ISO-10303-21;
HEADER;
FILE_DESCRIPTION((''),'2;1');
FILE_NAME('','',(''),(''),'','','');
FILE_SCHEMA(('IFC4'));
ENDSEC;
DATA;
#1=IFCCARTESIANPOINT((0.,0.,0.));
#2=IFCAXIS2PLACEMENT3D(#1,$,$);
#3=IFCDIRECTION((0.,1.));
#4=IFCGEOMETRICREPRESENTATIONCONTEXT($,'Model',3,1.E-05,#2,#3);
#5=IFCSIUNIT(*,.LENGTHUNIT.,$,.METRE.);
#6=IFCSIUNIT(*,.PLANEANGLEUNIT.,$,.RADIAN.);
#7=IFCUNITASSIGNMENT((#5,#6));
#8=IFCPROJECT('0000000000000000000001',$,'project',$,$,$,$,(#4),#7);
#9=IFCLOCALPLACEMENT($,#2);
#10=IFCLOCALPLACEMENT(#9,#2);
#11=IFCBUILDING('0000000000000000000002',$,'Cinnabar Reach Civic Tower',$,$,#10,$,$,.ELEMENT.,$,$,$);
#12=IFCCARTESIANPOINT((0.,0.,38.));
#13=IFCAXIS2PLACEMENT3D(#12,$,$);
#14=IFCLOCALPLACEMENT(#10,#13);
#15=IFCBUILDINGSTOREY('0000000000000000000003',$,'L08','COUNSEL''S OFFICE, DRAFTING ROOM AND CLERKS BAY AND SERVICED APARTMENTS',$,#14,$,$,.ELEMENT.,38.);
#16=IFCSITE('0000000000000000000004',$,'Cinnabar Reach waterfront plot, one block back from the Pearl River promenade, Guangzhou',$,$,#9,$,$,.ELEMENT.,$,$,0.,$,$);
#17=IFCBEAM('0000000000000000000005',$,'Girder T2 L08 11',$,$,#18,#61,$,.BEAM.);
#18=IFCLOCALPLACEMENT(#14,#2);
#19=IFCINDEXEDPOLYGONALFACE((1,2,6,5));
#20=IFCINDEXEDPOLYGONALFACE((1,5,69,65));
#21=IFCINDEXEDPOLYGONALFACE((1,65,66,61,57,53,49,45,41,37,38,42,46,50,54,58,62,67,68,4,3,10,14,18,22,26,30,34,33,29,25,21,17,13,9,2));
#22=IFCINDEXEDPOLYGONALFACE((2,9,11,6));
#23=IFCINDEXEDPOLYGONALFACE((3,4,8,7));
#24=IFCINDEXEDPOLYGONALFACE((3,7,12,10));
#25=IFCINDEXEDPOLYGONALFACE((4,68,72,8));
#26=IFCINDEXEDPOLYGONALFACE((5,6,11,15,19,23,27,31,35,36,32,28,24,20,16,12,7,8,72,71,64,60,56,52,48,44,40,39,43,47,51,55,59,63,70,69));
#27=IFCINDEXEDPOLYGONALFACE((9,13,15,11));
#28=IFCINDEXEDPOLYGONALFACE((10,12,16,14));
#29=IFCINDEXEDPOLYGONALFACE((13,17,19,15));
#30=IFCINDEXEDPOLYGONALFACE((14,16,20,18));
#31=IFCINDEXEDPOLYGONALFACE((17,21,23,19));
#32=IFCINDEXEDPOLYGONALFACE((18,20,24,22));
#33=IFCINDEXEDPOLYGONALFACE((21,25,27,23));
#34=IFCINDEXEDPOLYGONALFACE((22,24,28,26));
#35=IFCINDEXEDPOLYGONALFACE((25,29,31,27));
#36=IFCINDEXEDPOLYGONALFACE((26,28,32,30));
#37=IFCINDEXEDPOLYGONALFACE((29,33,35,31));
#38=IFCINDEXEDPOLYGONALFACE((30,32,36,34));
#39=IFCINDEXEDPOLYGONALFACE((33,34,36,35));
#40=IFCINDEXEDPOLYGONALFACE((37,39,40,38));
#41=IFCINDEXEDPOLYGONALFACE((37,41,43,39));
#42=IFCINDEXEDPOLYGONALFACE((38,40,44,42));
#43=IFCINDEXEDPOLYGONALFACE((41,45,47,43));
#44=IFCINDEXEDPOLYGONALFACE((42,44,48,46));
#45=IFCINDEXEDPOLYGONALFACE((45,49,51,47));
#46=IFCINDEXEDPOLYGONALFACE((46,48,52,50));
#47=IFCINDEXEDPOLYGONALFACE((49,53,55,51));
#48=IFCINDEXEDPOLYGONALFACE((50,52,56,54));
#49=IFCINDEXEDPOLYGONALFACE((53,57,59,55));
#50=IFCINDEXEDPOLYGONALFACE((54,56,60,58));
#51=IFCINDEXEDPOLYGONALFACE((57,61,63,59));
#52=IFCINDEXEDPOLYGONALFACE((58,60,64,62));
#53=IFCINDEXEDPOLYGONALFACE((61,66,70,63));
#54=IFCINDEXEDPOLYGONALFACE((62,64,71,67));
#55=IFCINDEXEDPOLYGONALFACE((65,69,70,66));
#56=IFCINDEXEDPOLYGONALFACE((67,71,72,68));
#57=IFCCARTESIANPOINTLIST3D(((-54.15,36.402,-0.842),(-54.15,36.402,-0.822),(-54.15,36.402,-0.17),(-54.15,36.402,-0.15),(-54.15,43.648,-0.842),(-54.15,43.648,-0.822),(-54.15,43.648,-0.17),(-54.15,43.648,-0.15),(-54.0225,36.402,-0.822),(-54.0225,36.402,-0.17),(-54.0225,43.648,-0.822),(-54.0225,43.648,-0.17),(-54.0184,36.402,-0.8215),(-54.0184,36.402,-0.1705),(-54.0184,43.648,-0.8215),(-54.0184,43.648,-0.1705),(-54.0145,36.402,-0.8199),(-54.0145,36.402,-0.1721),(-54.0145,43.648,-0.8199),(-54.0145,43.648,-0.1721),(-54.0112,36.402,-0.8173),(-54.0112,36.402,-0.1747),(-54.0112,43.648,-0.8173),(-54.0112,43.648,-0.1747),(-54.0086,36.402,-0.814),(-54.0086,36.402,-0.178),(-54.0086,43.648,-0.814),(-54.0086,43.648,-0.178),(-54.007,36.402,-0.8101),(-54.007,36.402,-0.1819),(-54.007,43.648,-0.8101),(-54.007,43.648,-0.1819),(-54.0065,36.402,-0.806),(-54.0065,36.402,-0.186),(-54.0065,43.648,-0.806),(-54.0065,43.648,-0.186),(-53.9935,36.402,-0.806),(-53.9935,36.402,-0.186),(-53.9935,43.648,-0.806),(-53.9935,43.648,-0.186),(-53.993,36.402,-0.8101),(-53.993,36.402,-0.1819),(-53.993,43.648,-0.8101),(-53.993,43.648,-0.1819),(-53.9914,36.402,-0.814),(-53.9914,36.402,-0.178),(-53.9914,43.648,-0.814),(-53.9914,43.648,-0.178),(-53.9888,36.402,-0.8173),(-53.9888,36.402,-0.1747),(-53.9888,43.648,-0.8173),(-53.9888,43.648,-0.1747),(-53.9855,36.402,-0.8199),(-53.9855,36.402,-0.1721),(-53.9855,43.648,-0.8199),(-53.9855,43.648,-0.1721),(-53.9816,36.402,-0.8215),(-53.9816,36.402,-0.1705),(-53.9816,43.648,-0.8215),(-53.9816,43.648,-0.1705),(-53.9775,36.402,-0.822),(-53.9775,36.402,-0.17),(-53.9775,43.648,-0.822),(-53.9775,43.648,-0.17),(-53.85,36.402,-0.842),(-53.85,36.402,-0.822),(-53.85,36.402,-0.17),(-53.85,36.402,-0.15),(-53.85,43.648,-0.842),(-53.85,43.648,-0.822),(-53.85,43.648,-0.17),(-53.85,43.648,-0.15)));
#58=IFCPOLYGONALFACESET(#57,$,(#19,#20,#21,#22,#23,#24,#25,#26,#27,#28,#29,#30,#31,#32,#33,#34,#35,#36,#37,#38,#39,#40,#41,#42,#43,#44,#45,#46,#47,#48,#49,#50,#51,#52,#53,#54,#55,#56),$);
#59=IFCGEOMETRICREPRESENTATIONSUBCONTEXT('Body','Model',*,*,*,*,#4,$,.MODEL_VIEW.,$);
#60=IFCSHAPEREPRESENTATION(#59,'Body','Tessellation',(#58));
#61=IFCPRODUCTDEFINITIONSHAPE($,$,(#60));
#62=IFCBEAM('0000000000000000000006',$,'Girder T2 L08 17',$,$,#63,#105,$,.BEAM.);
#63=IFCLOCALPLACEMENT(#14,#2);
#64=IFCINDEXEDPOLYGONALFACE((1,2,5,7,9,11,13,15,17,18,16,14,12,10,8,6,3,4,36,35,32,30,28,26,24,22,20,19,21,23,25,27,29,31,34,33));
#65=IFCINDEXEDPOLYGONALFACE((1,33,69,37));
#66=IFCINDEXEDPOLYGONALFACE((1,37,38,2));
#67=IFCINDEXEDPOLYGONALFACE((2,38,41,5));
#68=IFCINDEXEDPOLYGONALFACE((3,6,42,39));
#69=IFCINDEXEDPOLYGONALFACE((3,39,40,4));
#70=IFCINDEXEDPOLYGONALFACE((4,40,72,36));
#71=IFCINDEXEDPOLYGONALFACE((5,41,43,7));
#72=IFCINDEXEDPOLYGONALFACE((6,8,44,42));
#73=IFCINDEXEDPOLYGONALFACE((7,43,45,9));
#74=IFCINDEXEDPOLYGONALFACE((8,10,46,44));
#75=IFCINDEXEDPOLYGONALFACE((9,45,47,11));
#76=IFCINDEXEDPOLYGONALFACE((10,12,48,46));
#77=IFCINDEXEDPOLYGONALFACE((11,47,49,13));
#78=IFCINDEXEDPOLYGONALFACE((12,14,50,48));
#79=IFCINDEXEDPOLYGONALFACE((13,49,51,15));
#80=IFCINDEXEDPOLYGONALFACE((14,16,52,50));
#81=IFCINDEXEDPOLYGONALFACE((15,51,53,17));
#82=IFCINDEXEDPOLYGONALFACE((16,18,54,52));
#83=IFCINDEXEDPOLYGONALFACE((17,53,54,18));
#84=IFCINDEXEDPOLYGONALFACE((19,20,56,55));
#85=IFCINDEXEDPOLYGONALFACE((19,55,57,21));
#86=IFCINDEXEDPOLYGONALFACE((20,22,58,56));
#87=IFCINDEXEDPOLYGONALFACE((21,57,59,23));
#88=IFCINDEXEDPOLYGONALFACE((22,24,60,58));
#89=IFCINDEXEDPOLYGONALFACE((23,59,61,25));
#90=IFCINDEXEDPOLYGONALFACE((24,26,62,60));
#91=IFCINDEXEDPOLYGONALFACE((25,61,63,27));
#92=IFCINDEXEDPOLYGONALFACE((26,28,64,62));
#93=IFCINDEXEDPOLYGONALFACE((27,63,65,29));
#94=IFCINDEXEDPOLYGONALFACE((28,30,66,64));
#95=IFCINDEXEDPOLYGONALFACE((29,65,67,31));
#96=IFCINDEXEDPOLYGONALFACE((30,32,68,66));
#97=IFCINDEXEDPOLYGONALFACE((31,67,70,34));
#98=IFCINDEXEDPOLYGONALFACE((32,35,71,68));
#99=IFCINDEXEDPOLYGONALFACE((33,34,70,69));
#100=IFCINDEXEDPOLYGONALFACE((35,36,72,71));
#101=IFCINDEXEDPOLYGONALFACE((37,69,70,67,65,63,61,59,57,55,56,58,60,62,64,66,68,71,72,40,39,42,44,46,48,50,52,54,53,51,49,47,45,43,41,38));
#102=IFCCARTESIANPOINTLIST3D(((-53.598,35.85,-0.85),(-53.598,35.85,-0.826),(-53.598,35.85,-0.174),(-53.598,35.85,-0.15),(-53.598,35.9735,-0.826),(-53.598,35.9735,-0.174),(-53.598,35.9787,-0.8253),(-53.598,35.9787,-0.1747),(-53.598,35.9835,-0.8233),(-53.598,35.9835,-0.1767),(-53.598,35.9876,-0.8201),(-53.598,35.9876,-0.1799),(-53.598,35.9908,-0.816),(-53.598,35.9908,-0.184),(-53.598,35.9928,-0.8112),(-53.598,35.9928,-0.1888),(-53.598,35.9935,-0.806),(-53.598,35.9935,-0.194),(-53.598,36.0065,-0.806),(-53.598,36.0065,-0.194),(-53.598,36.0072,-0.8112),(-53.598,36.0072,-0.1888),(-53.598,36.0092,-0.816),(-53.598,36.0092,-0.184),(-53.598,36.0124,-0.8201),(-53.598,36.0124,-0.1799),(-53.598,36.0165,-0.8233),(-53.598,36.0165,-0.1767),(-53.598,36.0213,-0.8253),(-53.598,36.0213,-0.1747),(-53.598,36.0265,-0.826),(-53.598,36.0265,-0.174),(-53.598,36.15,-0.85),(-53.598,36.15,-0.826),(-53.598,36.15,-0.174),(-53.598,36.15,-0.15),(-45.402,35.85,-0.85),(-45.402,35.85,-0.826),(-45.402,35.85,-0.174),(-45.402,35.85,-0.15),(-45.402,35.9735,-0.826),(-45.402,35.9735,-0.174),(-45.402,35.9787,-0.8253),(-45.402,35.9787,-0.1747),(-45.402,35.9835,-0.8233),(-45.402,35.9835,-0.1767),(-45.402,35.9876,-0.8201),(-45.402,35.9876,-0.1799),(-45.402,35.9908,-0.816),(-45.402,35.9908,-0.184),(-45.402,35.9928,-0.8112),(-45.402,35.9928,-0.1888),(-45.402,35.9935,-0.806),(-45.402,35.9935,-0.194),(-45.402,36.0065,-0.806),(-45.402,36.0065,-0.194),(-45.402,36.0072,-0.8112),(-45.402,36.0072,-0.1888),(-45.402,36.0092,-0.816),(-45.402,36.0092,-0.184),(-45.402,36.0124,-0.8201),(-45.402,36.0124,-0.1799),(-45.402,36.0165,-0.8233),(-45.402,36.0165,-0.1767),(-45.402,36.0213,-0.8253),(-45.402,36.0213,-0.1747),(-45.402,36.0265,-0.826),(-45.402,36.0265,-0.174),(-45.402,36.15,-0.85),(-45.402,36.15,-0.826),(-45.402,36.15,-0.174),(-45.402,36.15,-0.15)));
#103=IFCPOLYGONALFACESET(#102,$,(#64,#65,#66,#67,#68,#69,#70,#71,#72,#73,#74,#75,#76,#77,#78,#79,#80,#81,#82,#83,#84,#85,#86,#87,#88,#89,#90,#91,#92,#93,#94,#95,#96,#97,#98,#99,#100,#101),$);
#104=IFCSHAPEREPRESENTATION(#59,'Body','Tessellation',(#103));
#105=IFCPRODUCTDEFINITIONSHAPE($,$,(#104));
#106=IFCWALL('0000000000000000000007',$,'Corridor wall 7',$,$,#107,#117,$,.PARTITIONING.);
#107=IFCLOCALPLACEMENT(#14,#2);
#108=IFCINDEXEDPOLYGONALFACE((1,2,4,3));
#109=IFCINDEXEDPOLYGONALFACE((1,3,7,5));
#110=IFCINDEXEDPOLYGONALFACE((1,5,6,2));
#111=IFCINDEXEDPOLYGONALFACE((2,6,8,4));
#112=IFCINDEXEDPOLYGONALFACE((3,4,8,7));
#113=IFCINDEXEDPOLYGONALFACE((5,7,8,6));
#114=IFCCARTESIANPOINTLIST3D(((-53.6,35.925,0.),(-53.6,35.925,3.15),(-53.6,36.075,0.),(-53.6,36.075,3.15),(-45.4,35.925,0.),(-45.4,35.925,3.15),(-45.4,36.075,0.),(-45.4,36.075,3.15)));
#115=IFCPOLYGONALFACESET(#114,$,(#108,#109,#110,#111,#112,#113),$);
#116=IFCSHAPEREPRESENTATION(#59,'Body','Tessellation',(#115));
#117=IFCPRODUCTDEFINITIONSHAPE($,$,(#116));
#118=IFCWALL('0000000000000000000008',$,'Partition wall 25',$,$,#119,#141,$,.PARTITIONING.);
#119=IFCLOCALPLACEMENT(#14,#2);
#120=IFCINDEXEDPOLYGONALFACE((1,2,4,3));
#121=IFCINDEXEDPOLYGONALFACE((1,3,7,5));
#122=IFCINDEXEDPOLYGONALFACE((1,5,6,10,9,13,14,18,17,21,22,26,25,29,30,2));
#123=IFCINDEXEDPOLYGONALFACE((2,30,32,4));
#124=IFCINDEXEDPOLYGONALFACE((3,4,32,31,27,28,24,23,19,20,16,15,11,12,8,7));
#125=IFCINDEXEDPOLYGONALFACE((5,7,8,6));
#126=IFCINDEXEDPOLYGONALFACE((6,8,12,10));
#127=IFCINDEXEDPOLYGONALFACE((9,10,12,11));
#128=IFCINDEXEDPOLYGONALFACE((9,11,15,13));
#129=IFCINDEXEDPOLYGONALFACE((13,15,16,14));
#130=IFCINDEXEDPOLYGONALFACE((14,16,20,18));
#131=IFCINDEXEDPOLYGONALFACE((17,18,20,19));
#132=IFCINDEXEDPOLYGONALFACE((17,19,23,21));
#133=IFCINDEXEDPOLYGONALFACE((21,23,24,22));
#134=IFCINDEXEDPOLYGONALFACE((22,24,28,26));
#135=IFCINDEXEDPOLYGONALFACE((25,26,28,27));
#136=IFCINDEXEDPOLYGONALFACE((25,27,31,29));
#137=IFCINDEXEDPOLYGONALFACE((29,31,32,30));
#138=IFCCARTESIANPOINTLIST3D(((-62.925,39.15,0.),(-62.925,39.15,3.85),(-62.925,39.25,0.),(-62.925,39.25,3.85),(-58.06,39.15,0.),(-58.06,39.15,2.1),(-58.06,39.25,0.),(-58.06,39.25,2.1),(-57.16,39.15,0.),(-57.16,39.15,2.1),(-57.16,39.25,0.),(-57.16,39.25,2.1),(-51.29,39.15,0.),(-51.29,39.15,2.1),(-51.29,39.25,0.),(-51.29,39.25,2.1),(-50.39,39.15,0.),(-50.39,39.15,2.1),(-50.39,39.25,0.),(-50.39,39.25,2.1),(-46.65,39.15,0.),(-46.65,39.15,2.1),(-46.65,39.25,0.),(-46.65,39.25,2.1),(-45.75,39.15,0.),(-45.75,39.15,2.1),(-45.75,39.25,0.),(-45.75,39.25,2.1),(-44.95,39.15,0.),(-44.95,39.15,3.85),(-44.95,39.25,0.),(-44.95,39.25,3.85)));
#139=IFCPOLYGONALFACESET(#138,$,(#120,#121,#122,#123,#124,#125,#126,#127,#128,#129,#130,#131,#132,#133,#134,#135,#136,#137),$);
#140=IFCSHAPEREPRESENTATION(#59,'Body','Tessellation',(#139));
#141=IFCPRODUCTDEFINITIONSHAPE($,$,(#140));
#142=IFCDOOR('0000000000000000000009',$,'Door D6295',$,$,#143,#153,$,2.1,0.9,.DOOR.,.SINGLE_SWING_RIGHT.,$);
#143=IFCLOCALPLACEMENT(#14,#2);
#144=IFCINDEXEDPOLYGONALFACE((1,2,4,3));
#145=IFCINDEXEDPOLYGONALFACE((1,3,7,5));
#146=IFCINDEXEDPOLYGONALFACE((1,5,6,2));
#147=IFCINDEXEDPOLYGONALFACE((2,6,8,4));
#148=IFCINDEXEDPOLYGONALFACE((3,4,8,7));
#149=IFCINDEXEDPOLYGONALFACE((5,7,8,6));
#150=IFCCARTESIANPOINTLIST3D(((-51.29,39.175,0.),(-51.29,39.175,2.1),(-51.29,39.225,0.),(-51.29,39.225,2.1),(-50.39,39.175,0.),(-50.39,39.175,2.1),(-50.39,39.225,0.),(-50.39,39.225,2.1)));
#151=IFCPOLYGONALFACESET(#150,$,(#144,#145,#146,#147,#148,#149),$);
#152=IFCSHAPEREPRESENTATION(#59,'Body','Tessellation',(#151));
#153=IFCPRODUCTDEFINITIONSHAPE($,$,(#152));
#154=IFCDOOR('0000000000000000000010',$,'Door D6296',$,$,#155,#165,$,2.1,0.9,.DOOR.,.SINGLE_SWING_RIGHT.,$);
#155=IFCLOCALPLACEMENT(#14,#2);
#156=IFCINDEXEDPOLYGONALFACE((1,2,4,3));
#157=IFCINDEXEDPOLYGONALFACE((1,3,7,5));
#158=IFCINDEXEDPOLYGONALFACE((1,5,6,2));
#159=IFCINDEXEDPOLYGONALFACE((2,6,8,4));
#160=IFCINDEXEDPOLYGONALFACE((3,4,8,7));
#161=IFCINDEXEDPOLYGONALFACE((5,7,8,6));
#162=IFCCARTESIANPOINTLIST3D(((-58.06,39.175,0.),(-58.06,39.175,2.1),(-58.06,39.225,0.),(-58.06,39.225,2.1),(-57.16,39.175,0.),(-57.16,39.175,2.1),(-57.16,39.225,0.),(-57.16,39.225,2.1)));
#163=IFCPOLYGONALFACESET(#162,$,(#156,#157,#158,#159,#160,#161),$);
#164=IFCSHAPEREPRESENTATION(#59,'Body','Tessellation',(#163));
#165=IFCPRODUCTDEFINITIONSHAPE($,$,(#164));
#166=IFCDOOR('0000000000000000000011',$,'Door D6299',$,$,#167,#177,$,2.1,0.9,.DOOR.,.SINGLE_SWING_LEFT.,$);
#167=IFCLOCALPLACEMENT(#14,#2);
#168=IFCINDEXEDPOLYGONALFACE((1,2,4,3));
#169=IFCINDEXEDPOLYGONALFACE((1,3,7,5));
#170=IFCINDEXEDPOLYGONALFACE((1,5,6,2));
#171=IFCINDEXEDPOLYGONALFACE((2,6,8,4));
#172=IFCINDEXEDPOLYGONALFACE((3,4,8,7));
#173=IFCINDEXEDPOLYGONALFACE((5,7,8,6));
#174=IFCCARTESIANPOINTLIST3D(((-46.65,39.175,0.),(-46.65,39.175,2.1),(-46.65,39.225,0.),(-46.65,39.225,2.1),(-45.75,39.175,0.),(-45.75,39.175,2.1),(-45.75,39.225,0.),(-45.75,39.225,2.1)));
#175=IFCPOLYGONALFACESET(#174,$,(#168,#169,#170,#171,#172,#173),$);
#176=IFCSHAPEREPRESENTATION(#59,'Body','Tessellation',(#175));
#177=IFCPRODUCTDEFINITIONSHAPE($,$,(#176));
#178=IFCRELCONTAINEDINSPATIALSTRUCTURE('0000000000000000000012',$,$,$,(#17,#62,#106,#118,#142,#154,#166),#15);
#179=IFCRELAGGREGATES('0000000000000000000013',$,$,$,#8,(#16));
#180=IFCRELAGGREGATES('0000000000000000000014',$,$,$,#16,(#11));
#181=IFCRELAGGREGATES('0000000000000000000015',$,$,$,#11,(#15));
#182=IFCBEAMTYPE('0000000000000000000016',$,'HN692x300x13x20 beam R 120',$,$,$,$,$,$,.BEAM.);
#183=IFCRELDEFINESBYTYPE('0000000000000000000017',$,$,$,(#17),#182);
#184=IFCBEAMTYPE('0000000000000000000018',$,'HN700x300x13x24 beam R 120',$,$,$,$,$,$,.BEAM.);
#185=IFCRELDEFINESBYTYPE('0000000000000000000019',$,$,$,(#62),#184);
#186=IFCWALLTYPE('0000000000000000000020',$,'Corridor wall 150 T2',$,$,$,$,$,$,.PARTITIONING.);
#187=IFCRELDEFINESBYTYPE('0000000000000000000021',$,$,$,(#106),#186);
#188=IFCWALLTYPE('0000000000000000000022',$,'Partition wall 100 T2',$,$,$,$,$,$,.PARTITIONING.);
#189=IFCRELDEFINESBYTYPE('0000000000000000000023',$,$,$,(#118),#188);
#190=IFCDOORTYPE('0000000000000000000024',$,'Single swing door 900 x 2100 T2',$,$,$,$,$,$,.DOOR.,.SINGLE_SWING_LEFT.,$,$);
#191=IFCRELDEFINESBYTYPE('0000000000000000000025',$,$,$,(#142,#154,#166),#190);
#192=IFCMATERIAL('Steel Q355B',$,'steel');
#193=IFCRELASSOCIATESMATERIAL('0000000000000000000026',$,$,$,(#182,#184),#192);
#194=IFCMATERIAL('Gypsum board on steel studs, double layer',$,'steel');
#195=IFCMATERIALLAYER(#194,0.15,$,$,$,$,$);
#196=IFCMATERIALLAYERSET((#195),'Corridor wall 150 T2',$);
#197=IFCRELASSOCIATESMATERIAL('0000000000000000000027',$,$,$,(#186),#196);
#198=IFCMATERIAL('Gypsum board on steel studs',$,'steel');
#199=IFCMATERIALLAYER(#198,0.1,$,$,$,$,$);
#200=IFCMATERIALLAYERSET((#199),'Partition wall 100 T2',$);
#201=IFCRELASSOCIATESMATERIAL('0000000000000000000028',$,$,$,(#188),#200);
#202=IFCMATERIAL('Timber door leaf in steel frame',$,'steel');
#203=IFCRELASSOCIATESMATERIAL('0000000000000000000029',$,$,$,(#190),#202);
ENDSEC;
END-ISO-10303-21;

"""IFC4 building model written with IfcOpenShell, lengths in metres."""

from ifc_helpers import new_model, si_unit, direction, frame, frame_2d, origin, origin_2d, place, context, subcontext, project, spatial, rectangle, i_section, extrude, material, layer, layer_set, material_profile, profile_set, type_object, element, fill, save


model = new_model("IFC4")

# Units and contexts
model_context = context("Model", 3, precision=1e-05, world=origin(), true_north=direction((0.0, 1.0)))
body_context = subcontext(model_context, "Body", "Model", "MODEL_VIEW")
ifc_project = project(units=[si_unit("LENGTHUNIT", "METRE"), si_unit("PLANEANGLEUNIT", "RADIAN")], contexts=[model_context])

# Site, building, storey
site_placement = place(None, origin())
site = spatial("IfcSite", under=ifc_project, at=site_placement, Name="Cinnabar Reach waterfront plot, one block back from the Pearl River promenade, Guangzhou", CompositionType="ELEMENT", RefElevation=0.0)
building_placement = place(site_placement, origin())
building = spatial("IfcBuilding", under=site, at=building_placement, Name="Cinnabar Reach Civic Tower", CompositionType="ELEMENT")
storey_placement = place(building_placement, frame((0.0, 0.0, 38.0)))
storey = spatial("IfcBuildingStorey", under=building, at=storey_placement, Name="L08", Description="COUNSEL'S OFFICE, DRAFTING ROOM AND CLERKS BAY AND SERVICED APARTMENTS", CompositionType="ELEMENT", Elevation=38.0)

# Beams
ifc_material_1 = material(Name="Steel Q355B", Category="steel")
ifc_material_profile_1 = material_profile(ifc_material_1, i_section(OverallWidth=0.3, OverallDepth=0.692, WebThickness=0.013, FlangeThickness=0.02, FilletRadius=0.016, at=origin_2d()), Name="HN692x300x13x20")
ifc_profile_set_1 = profile_set([ifc_material_profile_1], Name="Steel Q355B")
beam_type_1 = type_object("IfcBeamType", Name="HN692x300x13x20 beam R 120", PredefinedType="BEAM", material=ifc_profile_set_1)
beam_1_placement = place(storey_placement, frame((-54.0, 36.402, -0.496), z_axis=(0.0, 1.0, 0.0), x_axis=(-1.0, 0.0, 0.0)))
element("IfcBeam", 1, at=beam_1_placement, inside=storey, type_object=beam_type_1, Name="Girder T2 L08 11", PredefinedType="BEAM", context=body_context, shape_type="SweptSolid", body=[
    extrude(i_section(OverallWidth=0.3, OverallDepth=0.692, WebThickness=0.013, FlangeThickness=0.02, FilletRadius=0.016, at=origin_2d()), origin(), (0.0, 0.0, 1.0), 7.246),
])
ifc_material_profile_2 = material_profile(ifc_material_1, i_section(OverallWidth=0.3, OverallDepth=0.7, WebThickness=0.013, FlangeThickness=0.024, FilletRadius=0.02, at=origin_2d()), Name="HN700x300x13x24")
ifc_profile_set_2 = profile_set([ifc_material_profile_2], Name="Steel Q355B")
beam_type_2 = type_object("IfcBeamType", Name="HN700x300x13x24 beam R 120", PredefinedType="BEAM", material=ifc_profile_set_2)
beam_2_placement = place(storey_placement, frame((-53.598, 36.0, -0.5), z_axis=(1.0, 0.0, 0.0), x_axis=(0.0, 1.0, 0.0)))
element("IfcBeam", 2, at=beam_2_placement, inside=storey, type_object=beam_type_2, Name="Girder T2 L08 17", PredefinedType="BEAM", context=body_context, shape_type="SweptSolid", body=[
    extrude(i_section(OverallWidth=0.3, OverallDepth=0.7, WebThickness=0.013, FlangeThickness=0.024, FilletRadius=0.02, at=origin_2d()), origin(), (0.0, 0.0, 1.0), 8.196),
])

# Wall
ifc_material_2 = material(Name="Gypsum board on steel studs, double layer", Category="steel")
ifc_layer_1 = layer(ifc_material_2, 0.15)
ifc_layer_set_1 = layer_set([ifc_layer_1], Name="Corridor wall 150 T2")
wall_type_1 = type_object("IfcWallType", Name="Corridor wall 150 T2", PredefinedType="PARTITIONING", material=ifc_layer_set_1)
wall_1_placement = place(storey_placement, frame((-53.6, 36.0, 0.0), z_axis=(0.0, 0.0, 1.0), x_axis=(1.0, 0.0, 0.0)))
element("IfcWall", 3, at=wall_1_placement, inside=storey, type_object=wall_type_1, Name="Corridor wall 7", PredefinedType="PARTITIONING", context=body_context, shape_type="SweptSolid", body=[
    extrude(rectangle(XDim=8.2, YDim=0.15, at=frame_2d((4.1, 0.0))), origin(), (0.0, 0.0, 1.0), 3.15),
])

# Wall, openings, doors
ifc_material_3 = material(Name="Gypsum board on steel studs", Category="steel")
ifc_layer_2 = layer(ifc_material_3, 0.1)
ifc_layer_set_2 = layer_set([ifc_layer_2], Name="Partition wall 100 T2")
wall_type_2 = type_object("IfcWallType", Name="Partition wall 100 T2", PredefinedType="PARTITIONING", material=ifc_layer_set_2)
wall_2_placement = place(storey_placement, frame((-62.925, 39.2, 0.0), z_axis=(0.0, 0.0, 1.0), x_axis=(1.0, 0.0, 0.0)))
wall_2 = element("IfcWall", 4, at=wall_2_placement, inside=storey, type_object=wall_type_2, Name="Partition wall 25", PredefinedType="PARTITIONING", context=body_context, shape_type="SweptSolid", body=[
    extrude(rectangle(XDim=17.975, YDim=0.1, at=frame_2d((8.9875, 0.0))), origin(), (0.0, 0.0, 1.0), 3.85),
])
opening_1_placement = place(wall_2_placement, frame((11.635, 0.0, 0.0)))
opening_1 = element("IfcOpeningElement", 5, at=opening_1_placement, cuts=wall_2, PredefinedType="OPENING", context=body_context, shape_type="SweptSolid", body=[
    extrude(rectangle(XDim=0.9, YDim=2.1, at=frame_2d((0.45, 1.05))), frame((0.0, 0.06, 0.0), z_axis=(0.0, -1.0, 0.0), x_axis=(1.0, 0.0, 0.0)), (0.0, 0.0, 1.0), 0.12),
])
opening_2_placement = place(wall_2_placement, frame((4.865, 0.0, 0.0)))
opening_2 = element("IfcOpeningElement", 6, at=opening_2_placement, cuts=wall_2, PredefinedType="OPENING", context=body_context, shape_type="SweptSolid", body=[
    extrude(rectangle(XDim=0.9, YDim=2.1, at=frame_2d((0.45, 1.05))), frame((0.0, 0.06, 0.0), z_axis=(0.0, -1.0, 0.0), x_axis=(1.0, 0.0, 0.0)), (0.0, 0.0, 1.0), 0.12),
])
opening_3_placement = place(wall_2_placement, frame((16.275, 0.0, 0.0)))
opening_3 = element("IfcOpeningElement", 7, at=opening_3_placement, cuts=wall_2, PredefinedType="OPENING", context=body_context, shape_type="SweptSolid", body=[
    extrude(rectangle(XDim=0.9, YDim=2.1, at=frame_2d((0.45, 1.05))), frame((0.0, 0.06, 0.0), z_axis=(0.0, -1.0, 0.0), x_axis=(1.0, 0.0, 0.0)), (0.0, 0.0, 1.0), 0.12),
])
ifc_material_4 = material(Name="Timber door leaf in steel frame", Category="steel")
door_type = type_object("IfcDoorType", Name="Single swing door 900 x 2100 T2", OperationType="SINGLE_SWING_LEFT", PredefinedType="DOOR", material=ifc_material_4)
door_1_placement = place(opening_1_placement, frame((0.9, 0.0, 0.0), z_axis=(0.0, 0.0, 1.0), x_axis=(-1.0, 0.0, 0.0)))
door_1 = element("IfcDoor", 8, at=door_1_placement, inside=storey, type_object=door_type, Name="Door D6295", OperationType="SINGLE_SWING_RIGHT", OverallHeight=2.1, OverallWidth=0.9, PredefinedType="DOOR", context=body_context, shape_type="SweptSolid", body=[
    extrude(rectangle(XDim=0.9, YDim=2.1, at=frame_2d((0.45, 1.05))), frame((0.0, 0.025, 0.0), z_axis=(0.0, -1.0, 0.0), x_axis=(1.0, 0.0, 0.0)), (0.0, 0.0, 1.0), 0.05),
])
fill(opening_1, door_1)
door_2_placement = place(opening_2_placement, frame((0.9, 0.0, 0.0), z_axis=(0.0, 0.0, 1.0), x_axis=(-1.0, 0.0, 0.0)))
door_2 = element("IfcDoor", 9, at=door_2_placement, inside=storey, type_object=door_type, Name="Door D6296", OperationType="SINGLE_SWING_RIGHT", OverallHeight=2.1, OverallWidth=0.9, PredefinedType="DOOR", context=body_context, shape_type="SweptSolid", body=[
    extrude(rectangle(XDim=0.9, YDim=2.1, at=frame_2d((0.45, 1.05))), frame((0.0, 0.025, 0.0), z_axis=(0.0, -1.0, 0.0), x_axis=(1.0, 0.0, 0.0)), (0.0, 0.0, 1.0), 0.05),
])
fill(opening_2, door_2)
door_3_placement = place(opening_3_placement, origin())
door_3 = element("IfcDoor", 10, at=door_3_placement, inside=storey, type_object=door_type, Name="Door D6299", OperationType="SINGLE_SWING_LEFT", OverallHeight=2.1, OverallWidth=0.9, PredefinedType="DOOR", context=body_context, shape_type="SweptSolid", body=[
    extrude(rectangle(XDim=0.9, YDim=2.1, at=frame_2d((0.45, 1.05))), frame((0.0, 0.025, 0.0), z_axis=(0.0, -1.0, 0.0), x_axis=(1.0, 0.0, 0.0)), (0.0, 0.0, 1.0), 0.05),
])
fill(opening_3, door_3)

save(model, "model.ifc")
